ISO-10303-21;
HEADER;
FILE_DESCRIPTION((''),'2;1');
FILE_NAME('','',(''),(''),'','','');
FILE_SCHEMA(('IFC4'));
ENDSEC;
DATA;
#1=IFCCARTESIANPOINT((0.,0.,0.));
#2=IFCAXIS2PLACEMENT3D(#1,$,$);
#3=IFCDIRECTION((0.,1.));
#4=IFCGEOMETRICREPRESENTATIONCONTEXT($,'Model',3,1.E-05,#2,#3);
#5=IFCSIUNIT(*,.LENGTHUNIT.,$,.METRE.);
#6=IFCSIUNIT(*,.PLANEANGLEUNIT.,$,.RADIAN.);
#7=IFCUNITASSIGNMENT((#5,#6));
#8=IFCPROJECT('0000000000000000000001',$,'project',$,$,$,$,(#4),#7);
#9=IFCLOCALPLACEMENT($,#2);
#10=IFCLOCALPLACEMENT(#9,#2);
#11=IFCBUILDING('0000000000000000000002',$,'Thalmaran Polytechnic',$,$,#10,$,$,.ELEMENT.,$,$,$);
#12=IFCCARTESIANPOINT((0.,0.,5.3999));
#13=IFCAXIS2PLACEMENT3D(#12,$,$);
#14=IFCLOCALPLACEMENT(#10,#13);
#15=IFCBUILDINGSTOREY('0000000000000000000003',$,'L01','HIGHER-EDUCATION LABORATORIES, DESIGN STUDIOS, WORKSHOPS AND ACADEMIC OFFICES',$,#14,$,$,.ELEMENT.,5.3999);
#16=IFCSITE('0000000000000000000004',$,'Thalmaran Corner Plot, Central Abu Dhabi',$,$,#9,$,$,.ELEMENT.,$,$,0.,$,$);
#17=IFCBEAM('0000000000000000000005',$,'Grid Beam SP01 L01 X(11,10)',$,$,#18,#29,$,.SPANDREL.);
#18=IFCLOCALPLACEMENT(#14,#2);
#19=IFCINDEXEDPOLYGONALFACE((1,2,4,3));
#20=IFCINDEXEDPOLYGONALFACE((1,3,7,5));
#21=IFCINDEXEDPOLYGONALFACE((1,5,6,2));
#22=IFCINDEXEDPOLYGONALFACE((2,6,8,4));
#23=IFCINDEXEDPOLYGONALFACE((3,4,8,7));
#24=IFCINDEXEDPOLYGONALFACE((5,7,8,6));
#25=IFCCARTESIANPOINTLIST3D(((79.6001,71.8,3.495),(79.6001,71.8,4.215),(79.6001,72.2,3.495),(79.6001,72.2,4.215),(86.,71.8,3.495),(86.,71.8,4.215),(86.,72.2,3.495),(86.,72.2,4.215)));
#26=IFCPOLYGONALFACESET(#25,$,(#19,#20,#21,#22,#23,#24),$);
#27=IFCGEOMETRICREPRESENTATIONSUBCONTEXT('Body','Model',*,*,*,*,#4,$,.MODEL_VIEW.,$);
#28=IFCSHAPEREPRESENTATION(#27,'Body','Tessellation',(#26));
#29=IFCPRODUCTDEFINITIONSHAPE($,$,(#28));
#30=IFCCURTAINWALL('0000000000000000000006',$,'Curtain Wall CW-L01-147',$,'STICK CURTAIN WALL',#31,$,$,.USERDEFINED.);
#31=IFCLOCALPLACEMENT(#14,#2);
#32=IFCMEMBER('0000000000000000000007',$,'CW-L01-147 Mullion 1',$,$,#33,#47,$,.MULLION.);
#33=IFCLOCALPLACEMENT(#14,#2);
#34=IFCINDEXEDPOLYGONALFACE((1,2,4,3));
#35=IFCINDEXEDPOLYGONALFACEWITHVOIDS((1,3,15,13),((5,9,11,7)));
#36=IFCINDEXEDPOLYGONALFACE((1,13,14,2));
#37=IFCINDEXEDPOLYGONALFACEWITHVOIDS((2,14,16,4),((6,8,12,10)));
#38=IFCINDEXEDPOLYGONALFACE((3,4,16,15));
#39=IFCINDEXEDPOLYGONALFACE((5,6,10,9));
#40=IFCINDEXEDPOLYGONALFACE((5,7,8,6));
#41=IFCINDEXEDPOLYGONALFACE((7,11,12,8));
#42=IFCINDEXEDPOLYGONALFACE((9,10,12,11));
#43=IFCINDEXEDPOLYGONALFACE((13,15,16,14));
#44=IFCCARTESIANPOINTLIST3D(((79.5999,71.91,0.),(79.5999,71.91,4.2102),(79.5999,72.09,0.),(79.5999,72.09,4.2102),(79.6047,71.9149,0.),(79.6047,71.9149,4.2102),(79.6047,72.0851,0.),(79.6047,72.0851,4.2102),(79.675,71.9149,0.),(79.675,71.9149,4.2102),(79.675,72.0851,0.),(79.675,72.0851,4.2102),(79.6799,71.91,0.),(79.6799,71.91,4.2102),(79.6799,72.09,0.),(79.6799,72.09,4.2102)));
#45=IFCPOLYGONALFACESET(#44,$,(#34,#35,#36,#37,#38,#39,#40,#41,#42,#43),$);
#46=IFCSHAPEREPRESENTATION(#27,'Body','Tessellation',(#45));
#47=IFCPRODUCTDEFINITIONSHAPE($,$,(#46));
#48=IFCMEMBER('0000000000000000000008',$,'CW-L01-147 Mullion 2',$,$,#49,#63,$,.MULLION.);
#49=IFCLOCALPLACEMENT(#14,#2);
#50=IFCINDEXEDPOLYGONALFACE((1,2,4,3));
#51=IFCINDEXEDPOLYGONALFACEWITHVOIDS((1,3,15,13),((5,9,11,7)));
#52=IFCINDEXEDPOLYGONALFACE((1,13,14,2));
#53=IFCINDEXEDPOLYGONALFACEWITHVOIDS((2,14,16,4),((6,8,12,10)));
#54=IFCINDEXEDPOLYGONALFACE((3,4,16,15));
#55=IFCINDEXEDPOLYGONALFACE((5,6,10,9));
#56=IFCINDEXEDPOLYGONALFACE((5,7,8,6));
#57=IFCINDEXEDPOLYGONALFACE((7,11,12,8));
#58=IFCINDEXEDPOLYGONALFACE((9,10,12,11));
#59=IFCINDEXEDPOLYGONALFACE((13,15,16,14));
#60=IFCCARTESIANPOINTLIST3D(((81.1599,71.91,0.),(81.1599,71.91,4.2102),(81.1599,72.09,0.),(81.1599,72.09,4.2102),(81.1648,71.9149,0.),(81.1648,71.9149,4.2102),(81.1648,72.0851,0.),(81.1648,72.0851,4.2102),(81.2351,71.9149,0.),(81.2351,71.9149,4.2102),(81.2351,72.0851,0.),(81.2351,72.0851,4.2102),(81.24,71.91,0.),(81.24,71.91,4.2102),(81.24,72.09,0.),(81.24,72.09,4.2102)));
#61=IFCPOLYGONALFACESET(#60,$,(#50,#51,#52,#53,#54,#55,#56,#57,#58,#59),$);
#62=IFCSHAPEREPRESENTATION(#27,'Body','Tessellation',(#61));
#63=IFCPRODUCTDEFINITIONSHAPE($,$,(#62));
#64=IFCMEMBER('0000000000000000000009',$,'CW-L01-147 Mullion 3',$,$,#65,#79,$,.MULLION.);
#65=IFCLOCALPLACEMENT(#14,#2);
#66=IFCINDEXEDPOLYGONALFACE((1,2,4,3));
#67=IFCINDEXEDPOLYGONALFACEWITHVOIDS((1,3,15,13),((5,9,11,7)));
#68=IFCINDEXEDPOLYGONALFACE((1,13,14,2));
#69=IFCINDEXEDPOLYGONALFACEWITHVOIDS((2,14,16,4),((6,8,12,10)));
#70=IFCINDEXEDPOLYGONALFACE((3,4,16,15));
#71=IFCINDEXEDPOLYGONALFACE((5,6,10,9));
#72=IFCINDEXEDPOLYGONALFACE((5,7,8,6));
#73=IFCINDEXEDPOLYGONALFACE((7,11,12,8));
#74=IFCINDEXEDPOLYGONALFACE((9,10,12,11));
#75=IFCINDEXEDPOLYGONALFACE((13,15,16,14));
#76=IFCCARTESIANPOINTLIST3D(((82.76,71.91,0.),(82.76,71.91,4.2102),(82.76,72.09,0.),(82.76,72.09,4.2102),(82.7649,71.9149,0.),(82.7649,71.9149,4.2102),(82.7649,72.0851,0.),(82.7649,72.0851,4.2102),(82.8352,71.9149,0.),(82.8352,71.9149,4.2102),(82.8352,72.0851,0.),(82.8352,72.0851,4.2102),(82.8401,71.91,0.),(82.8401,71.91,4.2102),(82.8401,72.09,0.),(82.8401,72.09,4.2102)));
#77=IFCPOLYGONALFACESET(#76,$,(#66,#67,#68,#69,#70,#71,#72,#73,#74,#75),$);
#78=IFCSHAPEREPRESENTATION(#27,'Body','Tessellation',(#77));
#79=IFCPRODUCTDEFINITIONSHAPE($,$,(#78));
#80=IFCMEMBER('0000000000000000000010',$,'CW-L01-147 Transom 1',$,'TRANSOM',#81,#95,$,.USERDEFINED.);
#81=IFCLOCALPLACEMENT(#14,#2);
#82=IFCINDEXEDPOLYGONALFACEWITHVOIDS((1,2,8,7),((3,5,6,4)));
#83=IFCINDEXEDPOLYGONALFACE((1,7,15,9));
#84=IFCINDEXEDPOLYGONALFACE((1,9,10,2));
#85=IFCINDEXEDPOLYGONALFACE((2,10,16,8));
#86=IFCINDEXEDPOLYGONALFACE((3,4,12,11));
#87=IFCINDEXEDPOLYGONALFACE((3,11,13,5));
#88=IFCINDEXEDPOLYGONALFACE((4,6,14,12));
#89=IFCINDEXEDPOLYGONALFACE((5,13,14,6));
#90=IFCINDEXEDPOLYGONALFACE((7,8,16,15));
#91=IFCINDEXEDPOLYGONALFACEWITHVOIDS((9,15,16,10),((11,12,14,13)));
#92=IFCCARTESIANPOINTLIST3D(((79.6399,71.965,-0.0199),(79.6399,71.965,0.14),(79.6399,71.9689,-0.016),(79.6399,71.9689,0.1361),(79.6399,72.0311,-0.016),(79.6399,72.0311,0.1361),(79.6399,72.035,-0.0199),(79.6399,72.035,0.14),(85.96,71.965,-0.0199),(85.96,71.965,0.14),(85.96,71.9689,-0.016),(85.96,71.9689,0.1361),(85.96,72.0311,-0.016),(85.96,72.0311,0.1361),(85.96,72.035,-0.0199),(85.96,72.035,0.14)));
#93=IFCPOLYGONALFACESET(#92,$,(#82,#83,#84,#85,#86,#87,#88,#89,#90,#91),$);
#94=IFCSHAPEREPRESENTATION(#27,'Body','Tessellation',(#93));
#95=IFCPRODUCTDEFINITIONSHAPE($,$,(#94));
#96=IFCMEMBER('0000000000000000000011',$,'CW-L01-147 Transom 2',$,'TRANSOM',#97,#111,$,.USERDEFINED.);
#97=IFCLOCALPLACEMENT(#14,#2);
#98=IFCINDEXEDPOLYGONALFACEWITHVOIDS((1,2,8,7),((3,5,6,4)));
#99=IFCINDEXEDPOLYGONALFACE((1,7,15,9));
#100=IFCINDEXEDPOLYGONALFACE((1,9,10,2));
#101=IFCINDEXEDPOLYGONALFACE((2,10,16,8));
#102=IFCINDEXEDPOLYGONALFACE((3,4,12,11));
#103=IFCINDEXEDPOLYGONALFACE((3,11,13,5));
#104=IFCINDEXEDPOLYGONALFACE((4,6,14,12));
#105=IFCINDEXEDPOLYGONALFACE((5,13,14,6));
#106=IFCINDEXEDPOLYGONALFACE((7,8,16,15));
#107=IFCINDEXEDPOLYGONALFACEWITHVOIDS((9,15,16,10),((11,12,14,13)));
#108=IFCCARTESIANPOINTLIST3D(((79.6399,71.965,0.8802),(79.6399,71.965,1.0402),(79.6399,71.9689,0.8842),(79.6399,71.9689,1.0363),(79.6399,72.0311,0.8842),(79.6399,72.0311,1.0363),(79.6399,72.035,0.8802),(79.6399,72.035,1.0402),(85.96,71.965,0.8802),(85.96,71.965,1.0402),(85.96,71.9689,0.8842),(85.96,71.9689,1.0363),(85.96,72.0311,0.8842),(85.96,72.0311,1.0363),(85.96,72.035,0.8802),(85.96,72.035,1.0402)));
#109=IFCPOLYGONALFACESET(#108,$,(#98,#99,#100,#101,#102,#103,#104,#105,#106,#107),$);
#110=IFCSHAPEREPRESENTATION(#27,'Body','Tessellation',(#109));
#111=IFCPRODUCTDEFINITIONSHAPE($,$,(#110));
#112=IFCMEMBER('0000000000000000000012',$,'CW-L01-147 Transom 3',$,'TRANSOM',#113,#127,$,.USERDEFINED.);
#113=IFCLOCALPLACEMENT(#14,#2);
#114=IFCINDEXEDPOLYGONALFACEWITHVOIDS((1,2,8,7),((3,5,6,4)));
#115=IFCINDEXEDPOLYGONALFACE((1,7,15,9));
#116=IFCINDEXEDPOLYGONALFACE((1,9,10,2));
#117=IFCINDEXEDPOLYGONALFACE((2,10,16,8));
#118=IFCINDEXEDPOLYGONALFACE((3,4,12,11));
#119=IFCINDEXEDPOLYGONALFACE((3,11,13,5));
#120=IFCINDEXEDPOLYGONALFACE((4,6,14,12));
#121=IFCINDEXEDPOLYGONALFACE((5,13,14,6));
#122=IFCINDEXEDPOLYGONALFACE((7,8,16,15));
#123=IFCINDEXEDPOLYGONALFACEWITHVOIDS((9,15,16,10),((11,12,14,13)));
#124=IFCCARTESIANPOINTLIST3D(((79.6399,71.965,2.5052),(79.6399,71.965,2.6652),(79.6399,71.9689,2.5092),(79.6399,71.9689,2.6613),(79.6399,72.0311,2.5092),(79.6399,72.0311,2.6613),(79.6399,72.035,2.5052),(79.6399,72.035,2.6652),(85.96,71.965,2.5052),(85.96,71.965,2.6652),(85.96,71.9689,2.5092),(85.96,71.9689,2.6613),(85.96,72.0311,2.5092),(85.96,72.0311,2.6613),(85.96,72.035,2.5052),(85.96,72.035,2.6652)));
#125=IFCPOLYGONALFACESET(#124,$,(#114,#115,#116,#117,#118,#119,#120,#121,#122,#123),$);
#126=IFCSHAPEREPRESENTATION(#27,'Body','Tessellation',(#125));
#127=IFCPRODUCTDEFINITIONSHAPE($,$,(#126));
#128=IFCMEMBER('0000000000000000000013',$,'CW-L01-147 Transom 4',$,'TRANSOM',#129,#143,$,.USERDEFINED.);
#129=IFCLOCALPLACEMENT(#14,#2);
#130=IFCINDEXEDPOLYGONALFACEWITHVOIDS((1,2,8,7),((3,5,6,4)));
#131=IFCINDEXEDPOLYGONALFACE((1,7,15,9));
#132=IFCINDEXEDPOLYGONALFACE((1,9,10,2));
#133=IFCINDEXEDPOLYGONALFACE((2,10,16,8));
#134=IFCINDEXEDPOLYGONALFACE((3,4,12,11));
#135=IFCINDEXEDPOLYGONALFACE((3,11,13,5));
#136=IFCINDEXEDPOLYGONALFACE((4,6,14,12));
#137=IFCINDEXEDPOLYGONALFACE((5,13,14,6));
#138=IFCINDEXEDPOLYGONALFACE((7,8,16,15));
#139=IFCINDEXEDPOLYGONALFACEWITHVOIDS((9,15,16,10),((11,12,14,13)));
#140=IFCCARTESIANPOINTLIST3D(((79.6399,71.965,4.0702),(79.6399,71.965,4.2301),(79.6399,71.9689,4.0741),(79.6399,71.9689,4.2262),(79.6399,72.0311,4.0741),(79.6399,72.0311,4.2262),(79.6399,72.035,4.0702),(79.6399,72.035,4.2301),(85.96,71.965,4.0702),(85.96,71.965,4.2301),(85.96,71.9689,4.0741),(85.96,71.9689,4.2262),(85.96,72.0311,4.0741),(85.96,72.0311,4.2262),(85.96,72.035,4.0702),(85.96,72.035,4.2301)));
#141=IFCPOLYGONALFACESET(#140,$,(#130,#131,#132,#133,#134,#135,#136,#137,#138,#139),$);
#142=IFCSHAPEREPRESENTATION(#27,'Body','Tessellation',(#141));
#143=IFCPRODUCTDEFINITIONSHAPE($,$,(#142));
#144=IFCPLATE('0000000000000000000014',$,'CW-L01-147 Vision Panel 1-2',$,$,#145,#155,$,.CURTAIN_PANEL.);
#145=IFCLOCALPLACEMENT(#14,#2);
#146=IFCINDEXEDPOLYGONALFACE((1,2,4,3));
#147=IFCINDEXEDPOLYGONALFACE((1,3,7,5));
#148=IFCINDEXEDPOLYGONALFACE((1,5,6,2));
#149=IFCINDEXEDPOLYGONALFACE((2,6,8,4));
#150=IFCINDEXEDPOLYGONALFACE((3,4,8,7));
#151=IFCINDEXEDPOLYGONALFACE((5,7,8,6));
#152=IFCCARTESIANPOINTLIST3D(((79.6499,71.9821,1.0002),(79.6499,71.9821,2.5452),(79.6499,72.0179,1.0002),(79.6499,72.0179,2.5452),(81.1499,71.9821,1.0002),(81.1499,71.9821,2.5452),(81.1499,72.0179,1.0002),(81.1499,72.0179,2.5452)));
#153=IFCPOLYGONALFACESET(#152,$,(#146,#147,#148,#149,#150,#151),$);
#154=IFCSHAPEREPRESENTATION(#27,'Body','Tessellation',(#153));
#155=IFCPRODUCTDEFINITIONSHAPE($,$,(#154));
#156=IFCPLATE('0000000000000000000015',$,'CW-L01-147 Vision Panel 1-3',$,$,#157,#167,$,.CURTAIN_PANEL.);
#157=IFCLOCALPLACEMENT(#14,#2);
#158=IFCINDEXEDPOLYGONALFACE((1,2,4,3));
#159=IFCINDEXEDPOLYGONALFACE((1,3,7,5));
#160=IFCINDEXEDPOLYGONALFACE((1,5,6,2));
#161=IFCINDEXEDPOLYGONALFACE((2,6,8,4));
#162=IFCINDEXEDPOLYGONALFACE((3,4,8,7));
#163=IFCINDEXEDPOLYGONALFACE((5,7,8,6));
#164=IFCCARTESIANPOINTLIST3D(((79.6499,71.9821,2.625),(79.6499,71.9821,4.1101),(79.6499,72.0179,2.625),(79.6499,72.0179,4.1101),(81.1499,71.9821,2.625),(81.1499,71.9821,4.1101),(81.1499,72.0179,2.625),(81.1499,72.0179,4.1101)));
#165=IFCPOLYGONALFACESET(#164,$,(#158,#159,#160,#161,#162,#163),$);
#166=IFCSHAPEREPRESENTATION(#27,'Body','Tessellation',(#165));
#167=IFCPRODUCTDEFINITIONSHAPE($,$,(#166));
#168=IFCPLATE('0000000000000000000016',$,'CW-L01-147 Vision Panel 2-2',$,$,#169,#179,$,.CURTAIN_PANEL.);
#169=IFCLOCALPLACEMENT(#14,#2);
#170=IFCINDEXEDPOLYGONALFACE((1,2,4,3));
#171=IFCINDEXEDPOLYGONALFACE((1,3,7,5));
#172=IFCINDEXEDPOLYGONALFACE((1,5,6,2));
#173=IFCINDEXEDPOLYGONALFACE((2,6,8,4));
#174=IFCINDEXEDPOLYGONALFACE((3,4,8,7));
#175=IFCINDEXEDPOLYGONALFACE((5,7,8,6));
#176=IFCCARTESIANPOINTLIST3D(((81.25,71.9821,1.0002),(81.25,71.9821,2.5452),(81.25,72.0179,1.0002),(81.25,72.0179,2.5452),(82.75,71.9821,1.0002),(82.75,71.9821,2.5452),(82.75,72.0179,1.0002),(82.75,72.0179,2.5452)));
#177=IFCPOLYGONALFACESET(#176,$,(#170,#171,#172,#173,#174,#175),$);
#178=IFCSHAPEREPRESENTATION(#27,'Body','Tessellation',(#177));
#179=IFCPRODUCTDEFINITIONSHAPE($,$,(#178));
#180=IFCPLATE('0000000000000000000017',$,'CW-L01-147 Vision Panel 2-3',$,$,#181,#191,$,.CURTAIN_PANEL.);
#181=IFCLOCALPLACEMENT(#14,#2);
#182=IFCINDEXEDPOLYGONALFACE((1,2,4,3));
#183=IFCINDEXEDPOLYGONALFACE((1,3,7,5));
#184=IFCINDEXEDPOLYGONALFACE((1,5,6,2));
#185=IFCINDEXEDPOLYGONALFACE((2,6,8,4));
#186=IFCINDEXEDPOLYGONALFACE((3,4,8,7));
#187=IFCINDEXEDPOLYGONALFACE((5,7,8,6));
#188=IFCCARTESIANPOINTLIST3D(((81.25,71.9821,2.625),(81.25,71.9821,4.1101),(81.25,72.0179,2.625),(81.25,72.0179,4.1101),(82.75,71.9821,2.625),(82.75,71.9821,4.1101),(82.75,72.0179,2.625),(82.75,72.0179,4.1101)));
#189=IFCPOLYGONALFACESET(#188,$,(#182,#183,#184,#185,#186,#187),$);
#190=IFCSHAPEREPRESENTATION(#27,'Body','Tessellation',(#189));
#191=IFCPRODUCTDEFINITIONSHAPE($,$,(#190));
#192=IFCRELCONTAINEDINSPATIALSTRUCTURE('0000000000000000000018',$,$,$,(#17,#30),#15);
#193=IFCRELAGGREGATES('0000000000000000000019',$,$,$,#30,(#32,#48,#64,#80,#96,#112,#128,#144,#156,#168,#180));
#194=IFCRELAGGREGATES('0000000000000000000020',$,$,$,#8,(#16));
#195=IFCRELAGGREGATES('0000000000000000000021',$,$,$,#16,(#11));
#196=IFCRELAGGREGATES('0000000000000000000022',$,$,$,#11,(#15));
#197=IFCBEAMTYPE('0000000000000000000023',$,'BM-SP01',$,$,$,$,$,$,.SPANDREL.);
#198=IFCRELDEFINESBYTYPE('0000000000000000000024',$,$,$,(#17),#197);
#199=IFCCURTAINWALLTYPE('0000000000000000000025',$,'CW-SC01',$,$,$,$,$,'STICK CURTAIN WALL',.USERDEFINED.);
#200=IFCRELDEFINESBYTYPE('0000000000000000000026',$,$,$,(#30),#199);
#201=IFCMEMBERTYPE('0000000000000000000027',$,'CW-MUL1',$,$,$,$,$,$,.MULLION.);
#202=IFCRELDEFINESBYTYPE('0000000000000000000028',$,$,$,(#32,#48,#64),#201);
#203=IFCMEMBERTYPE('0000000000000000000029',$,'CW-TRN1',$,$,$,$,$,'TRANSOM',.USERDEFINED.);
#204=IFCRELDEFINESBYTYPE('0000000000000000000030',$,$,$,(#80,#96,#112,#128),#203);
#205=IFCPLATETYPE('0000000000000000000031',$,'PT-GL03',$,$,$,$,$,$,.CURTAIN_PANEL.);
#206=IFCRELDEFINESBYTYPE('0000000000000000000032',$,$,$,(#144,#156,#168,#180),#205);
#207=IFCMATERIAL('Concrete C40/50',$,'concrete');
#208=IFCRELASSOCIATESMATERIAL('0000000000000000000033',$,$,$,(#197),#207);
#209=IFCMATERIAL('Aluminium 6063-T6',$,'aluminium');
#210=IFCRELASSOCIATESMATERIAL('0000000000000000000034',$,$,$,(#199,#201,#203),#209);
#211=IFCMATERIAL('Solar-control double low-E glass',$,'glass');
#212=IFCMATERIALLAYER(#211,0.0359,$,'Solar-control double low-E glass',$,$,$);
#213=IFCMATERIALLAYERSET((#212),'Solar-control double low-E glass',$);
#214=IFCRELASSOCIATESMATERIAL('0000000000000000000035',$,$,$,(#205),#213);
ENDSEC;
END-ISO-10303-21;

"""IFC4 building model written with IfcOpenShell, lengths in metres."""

from ifc_helpers import new_model, si_unit, direction, frame, origin, origin_2d, place, context, subcontext, project, spatial, rectangle, hollow_rectangle, extrude, material, layer, layer_set, material_profile, profile_set, type_object, element, aggregate, save


model = new_model("IFC4")

# Units and contexts
model_context = context("Model", 3, precision=1e-05, world=origin(), true_north=direction((0.0, 1.0)))
body_context = subcontext(model_context, "Body", "Model", "MODEL_VIEW")
ifc_project = project(units=[si_unit("LENGTHUNIT", "METRE"), si_unit("PLANEANGLEUNIT", "RADIAN")], contexts=[model_context])

# Site, building, storey
site_placement = place(None, origin())
site = spatial("IfcSite", under=ifc_project, at=site_placement, Name="Thalmaran Corner Plot, Central Abu Dhabi", CompositionType="ELEMENT", RefElevation=0.0)
building_placement = place(site_placement, origin())
building = spatial("IfcBuilding", under=site, at=building_placement, Name="Thalmaran Polytechnic", CompositionType="ELEMENT")
storey_placement = place(building_placement, frame((0.0, 0.0, 5.3999)))
storey = spatial("IfcBuildingStorey", under=building, at=storey_placement, Name="L01", Description="HIGHER-EDUCATION LABORATORIES, DESIGN STUDIOS, WORKSHOPS AND ACADEMIC OFFICES", CompositionType="ELEMENT", Elevation=5.3999)

# Beam
ifc_material_1 = material(Name="Concrete C40/50", Category="concrete")
ifc_material_profile_1 = material_profile(ifc_material_1, rectangle(XDim=0.3999, YDim=0.72, at=origin_2d()), Name="RC 400x720")
ifc_profile_set_1 = profile_set([ifc_material_profile_1], Name="Concrete C40/50")
beam_type = type_object("IfcBeamType", Name="BM-SP01", PredefinedType="SPANDREL", material=ifc_profile_set_1)
beam_placement = place(storey_placement, frame((79.6001, 72.0, 3.855), z_axis=(1.0, 0.0, 0.0), x_axis=(0.0, 1.0, 0.0)))
element("IfcBeam", 1, at=beam_placement, inside=storey, type_object=beam_type, Name="Grid Beam SP01 L01 X(11,10)", PredefinedType="SPANDREL", context=body_context, shape_type="SweptSolid", body=[
    extrude(rectangle(XDim=0.3999, YDim=0.72, at=origin_2d()), origin(), (0.0, 0.0, 1.0), 6.3999),
])

# Curtain wall, members, plates
ifc_material_2 = material(Name="Aluminium 6063-T6", Category="aluminium")
curtain_wall_type = type_object("IfcCurtainWallType", Name="CW-SC01", ElementType="STICK CURTAIN WALL", PredefinedType="USERDEFINED", material=ifc_material_2)
curtain_wall_placement = place(storey_placement, origin())
curtain_wall = element("IfcCurtainWall", 2, at=curtain_wall_placement, inside=storey, type_object=curtain_wall_type, Name="Curtain Wall CW-L01-147", ObjectType="STICK CURTAIN WALL", PredefinedType="USERDEFINED")
ifc_material_profile_2 = material_profile(ifc_material_2, hollow_rectangle(XDim=0.0801, YDim=0.1799, WallThickness=0.0049, at=origin_2d()), Name="RHS 180x80x5.0")
ifc_profile_set_2 = profile_set([ifc_material_profile_2], Name="Aluminium 6063-T6")
member_type_1 = type_object("IfcMemberType", Name="CW-MUL1", PredefinedType="MULLION", material=ifc_profile_set_2)
member_1_placement = place(storey_placement, frame((79.6399, 72.0, 0.0), z_axis=(0.0, 0.0, 1.0), x_axis=(1.0, 0.0, 0.0)))
member_1 = element("IfcMember", 3, at=member_1_placement, type_object=member_type_1, Name="CW-L01-147 Mullion 1", PredefinedType="MULLION", context=body_context, shape_type="SweptSolid", body=[
    extrude(hollow_rectangle(XDim=0.0801, YDim=0.1799, WallThickness=0.0049, at=origin_2d()), origin(), (0.0, 0.0, 1.0), 4.2102),
])
member_2_placement = place(storey_placement, frame((81.2, 72.0, 0.0), z_axis=(0.0, 0.0, 1.0), x_axis=(1.0, 0.0, 0.0)))
member_2 = element("IfcMember", 4, at=member_2_placement, type_object=member_type_1, Name="CW-L01-147 Mullion 2", PredefinedType="MULLION", context=body_context, shape_type="SweptSolid", body=[
    extrude(hollow_rectangle(XDim=0.0801, YDim=0.1799, WallThickness=0.0049, at=origin_2d()), origin(), (0.0, 0.0, 1.0), 4.2102),
])
member_3_placement = place(storey_placement, frame((82.8, 72.0, 0.0), z_axis=(0.0, 0.0, 1.0), x_axis=(1.0, 0.0, 0.0)))
member_3 = element("IfcMember", 5, at=member_3_placement, type_object=member_type_1, Name="CW-L01-147 Mullion 3", PredefinedType="MULLION", context=body_context, shape_type="SweptSolid", body=[
    extrude(hollow_rectangle(XDim=0.0801, YDim=0.1799, WallThickness=0.0049, at=origin_2d()), origin(), (0.0, 0.0, 1.0), 4.2102),
])
ifc_material_profile_3 = material_profile(ifc_material_2, hollow_rectangle(XDim=0.0701, YDim=0.1599, WallThickness=0.0039, at=origin_2d()), Name="AL 160x70x4.0")
ifc_profile_set_3 = profile_set([ifc_material_profile_3], Name="Aluminium 6063-T6")
member_type_2 = type_object("IfcMemberType", Name="CW-TRN1", ElementType="TRANSOM", PredefinedType="USERDEFINED", material=ifc_profile_set_3)
member_4_placement = place(storey_placement, frame((79.6399, 72.0, 0.0601), z_axis=(1.0, 0.0, 0.0), x_axis=(0.0, 1.0, 0.0)))
member_4 = element("IfcMember", 6, at=member_4_placement, type_object=member_type_2, Name="CW-L01-147 Transom 1", ObjectType="TRANSOM", PredefinedType="USERDEFINED", context=body_context, shape_type="SweptSolid", body=[
    extrude(hollow_rectangle(XDim=0.0701, YDim=0.1599, WallThickness=0.0039, at=origin_2d()), origin(), (0.0, 0.0, 1.0), 6.3201),
])
member_5_placement = place(storey_placement, frame((79.6399, 72.0, 0.9602), z_axis=(1.0, 0.0, 0.0), x_axis=(0.0, 1.0, 0.0)))
member_5 = element("IfcMember", 7, at=member_5_placement, type_object=member_type_2, Name="CW-L01-147 Transom 2", ObjectType="TRANSOM", PredefinedType="USERDEFINED", context=body_context, shape_type="SweptSolid", body=[
    extrude(hollow_rectangle(XDim=0.0701, YDim=0.1599, WallThickness=0.0039, at=origin_2d()), origin(), (0.0, 0.0, 1.0), 6.3201),
])
member_6_placement = place(storey_placement, frame((79.6399, 72.0, 2.5852), z_axis=(1.0, 0.0, 0.0), x_axis=(0.0, 1.0, 0.0)))
member_6 = element("IfcMember", 8, at=member_6_placement, type_object=member_type_2, Name="CW-L01-147 Transom 3", ObjectType="TRANSOM", PredefinedType="USERDEFINED", context=body_context, shape_type="SweptSolid", body=[
    extrude(hollow_rectangle(XDim=0.0701, YDim=0.1599, WallThickness=0.0039, at=origin_2d()), origin(), (0.0, 0.0, 1.0), 6.3201),
])
member_7_placement = place(storey_placement, frame((79.6399, 72.0, 4.1501), z_axis=(1.0, 0.0, 0.0), x_axis=(0.0, 1.0, 0.0)))
member_7 = element("IfcMember", 9, at=member_7_placement, type_object=member_type_2, Name="CW-L01-147 Transom 4", ObjectType="TRANSOM", PredefinedType="USERDEFINED", context=body_context, shape_type="SweptSolid", body=[
    extrude(hollow_rectangle(XDim=0.0701, YDim=0.1599, WallThickness=0.0039, at=origin_2d()), origin(), (0.0, 0.0, 1.0), 6.3201),
])
ifc_material_3 = material(Name="Solar-control double low-E glass", Category="glass")
ifc_layer_1 = layer(ifc_material_3, 0.0359, Name="Solar-control double low-E glass")
ifc_layer_set_1 = layer_set([ifc_layer_1], Name="Solar-control double low-E glass")
plate_type_1 = type_object("IfcPlateType", Name="PT-GL03", PredefinedType="CURTAIN_PANEL", material=ifc_layer_set_1)
plate_1_placement = place(storey_placement, frame((80.3999, 72.0, 1.0002), z_axis=(0.0, 0.0, 1.0), x_axis=(1.0, 0.0, 0.0)))
plate_1 = element("IfcPlate", 10, at=plate_1_placement, type_object=plate_type_1, Name="CW-L01-147 Vision Panel 1-2", PredefinedType="CURTAIN_PANEL", context=body_context, shape_type="SweptSolid", body=[
    extrude(rectangle(XDim=1.5, YDim=0.0359, at=origin_2d()), origin(), (0.0, 0.0, 1.0), 1.5449),
])
plate_2_placement = place(storey_placement, frame((80.3999, 72.0, 2.625), z_axis=(0.0, 0.0, 1.0), x_axis=(1.0, 0.0, 0.0)))
plate_2 = element("IfcPlate", 11, at=plate_2_placement, type_object=plate_type_1, Name="CW-L01-147 Vision Panel 1-3", PredefinedType="CURTAIN_PANEL", context=body_context, shape_type="SweptSolid", body=[
    extrude(rectangle(XDim=1.5, YDim=0.0359, at=origin_2d()), origin(), (0.0, 0.0, 1.0), 1.4851),
])
plate_3_placement = place(storey_placement, frame((82.0, 72.0, 1.0002), z_axis=(0.0, 0.0, 1.0), x_axis=(1.0, 0.0, 0.0)))
plate_3 = element("IfcPlate", 12, at=plate_3_placement, type_object=plate_type_1, Name="CW-L01-147 Vision Panel 2-2", PredefinedType="CURTAIN_PANEL", context=body_context, shape_type="SweptSolid", body=[
    extrude(rectangle(XDim=1.5, YDim=0.0359, at=origin_2d()), origin(), (0.0, 0.0, 1.0), 1.5449),
])
plate_4_placement = place(storey_placement, frame((82.0, 72.0, 2.625), z_axis=(0.0, 0.0, 1.0), x_axis=(1.0, 0.0, 0.0)))
plate_4 = element("IfcPlate", 13, at=plate_4_placement, type_object=plate_type_1, Name="CW-L01-147 Vision Panel 2-3", PredefinedType="CURTAIN_PANEL", context=body_context, shape_type="SweptSolid", body=[
    extrude(rectangle(XDim=1.5, YDim=0.0359, at=origin_2d()), origin(), (0.0, 0.0, 1.0), 1.4851),
])
aggregate(curtain_wall, [member_1, member_2, member_3, member_4, member_5, member_6, member_7, plate_1, plate_2, plate_3, plate_4])

save(model, "model.ifc")
